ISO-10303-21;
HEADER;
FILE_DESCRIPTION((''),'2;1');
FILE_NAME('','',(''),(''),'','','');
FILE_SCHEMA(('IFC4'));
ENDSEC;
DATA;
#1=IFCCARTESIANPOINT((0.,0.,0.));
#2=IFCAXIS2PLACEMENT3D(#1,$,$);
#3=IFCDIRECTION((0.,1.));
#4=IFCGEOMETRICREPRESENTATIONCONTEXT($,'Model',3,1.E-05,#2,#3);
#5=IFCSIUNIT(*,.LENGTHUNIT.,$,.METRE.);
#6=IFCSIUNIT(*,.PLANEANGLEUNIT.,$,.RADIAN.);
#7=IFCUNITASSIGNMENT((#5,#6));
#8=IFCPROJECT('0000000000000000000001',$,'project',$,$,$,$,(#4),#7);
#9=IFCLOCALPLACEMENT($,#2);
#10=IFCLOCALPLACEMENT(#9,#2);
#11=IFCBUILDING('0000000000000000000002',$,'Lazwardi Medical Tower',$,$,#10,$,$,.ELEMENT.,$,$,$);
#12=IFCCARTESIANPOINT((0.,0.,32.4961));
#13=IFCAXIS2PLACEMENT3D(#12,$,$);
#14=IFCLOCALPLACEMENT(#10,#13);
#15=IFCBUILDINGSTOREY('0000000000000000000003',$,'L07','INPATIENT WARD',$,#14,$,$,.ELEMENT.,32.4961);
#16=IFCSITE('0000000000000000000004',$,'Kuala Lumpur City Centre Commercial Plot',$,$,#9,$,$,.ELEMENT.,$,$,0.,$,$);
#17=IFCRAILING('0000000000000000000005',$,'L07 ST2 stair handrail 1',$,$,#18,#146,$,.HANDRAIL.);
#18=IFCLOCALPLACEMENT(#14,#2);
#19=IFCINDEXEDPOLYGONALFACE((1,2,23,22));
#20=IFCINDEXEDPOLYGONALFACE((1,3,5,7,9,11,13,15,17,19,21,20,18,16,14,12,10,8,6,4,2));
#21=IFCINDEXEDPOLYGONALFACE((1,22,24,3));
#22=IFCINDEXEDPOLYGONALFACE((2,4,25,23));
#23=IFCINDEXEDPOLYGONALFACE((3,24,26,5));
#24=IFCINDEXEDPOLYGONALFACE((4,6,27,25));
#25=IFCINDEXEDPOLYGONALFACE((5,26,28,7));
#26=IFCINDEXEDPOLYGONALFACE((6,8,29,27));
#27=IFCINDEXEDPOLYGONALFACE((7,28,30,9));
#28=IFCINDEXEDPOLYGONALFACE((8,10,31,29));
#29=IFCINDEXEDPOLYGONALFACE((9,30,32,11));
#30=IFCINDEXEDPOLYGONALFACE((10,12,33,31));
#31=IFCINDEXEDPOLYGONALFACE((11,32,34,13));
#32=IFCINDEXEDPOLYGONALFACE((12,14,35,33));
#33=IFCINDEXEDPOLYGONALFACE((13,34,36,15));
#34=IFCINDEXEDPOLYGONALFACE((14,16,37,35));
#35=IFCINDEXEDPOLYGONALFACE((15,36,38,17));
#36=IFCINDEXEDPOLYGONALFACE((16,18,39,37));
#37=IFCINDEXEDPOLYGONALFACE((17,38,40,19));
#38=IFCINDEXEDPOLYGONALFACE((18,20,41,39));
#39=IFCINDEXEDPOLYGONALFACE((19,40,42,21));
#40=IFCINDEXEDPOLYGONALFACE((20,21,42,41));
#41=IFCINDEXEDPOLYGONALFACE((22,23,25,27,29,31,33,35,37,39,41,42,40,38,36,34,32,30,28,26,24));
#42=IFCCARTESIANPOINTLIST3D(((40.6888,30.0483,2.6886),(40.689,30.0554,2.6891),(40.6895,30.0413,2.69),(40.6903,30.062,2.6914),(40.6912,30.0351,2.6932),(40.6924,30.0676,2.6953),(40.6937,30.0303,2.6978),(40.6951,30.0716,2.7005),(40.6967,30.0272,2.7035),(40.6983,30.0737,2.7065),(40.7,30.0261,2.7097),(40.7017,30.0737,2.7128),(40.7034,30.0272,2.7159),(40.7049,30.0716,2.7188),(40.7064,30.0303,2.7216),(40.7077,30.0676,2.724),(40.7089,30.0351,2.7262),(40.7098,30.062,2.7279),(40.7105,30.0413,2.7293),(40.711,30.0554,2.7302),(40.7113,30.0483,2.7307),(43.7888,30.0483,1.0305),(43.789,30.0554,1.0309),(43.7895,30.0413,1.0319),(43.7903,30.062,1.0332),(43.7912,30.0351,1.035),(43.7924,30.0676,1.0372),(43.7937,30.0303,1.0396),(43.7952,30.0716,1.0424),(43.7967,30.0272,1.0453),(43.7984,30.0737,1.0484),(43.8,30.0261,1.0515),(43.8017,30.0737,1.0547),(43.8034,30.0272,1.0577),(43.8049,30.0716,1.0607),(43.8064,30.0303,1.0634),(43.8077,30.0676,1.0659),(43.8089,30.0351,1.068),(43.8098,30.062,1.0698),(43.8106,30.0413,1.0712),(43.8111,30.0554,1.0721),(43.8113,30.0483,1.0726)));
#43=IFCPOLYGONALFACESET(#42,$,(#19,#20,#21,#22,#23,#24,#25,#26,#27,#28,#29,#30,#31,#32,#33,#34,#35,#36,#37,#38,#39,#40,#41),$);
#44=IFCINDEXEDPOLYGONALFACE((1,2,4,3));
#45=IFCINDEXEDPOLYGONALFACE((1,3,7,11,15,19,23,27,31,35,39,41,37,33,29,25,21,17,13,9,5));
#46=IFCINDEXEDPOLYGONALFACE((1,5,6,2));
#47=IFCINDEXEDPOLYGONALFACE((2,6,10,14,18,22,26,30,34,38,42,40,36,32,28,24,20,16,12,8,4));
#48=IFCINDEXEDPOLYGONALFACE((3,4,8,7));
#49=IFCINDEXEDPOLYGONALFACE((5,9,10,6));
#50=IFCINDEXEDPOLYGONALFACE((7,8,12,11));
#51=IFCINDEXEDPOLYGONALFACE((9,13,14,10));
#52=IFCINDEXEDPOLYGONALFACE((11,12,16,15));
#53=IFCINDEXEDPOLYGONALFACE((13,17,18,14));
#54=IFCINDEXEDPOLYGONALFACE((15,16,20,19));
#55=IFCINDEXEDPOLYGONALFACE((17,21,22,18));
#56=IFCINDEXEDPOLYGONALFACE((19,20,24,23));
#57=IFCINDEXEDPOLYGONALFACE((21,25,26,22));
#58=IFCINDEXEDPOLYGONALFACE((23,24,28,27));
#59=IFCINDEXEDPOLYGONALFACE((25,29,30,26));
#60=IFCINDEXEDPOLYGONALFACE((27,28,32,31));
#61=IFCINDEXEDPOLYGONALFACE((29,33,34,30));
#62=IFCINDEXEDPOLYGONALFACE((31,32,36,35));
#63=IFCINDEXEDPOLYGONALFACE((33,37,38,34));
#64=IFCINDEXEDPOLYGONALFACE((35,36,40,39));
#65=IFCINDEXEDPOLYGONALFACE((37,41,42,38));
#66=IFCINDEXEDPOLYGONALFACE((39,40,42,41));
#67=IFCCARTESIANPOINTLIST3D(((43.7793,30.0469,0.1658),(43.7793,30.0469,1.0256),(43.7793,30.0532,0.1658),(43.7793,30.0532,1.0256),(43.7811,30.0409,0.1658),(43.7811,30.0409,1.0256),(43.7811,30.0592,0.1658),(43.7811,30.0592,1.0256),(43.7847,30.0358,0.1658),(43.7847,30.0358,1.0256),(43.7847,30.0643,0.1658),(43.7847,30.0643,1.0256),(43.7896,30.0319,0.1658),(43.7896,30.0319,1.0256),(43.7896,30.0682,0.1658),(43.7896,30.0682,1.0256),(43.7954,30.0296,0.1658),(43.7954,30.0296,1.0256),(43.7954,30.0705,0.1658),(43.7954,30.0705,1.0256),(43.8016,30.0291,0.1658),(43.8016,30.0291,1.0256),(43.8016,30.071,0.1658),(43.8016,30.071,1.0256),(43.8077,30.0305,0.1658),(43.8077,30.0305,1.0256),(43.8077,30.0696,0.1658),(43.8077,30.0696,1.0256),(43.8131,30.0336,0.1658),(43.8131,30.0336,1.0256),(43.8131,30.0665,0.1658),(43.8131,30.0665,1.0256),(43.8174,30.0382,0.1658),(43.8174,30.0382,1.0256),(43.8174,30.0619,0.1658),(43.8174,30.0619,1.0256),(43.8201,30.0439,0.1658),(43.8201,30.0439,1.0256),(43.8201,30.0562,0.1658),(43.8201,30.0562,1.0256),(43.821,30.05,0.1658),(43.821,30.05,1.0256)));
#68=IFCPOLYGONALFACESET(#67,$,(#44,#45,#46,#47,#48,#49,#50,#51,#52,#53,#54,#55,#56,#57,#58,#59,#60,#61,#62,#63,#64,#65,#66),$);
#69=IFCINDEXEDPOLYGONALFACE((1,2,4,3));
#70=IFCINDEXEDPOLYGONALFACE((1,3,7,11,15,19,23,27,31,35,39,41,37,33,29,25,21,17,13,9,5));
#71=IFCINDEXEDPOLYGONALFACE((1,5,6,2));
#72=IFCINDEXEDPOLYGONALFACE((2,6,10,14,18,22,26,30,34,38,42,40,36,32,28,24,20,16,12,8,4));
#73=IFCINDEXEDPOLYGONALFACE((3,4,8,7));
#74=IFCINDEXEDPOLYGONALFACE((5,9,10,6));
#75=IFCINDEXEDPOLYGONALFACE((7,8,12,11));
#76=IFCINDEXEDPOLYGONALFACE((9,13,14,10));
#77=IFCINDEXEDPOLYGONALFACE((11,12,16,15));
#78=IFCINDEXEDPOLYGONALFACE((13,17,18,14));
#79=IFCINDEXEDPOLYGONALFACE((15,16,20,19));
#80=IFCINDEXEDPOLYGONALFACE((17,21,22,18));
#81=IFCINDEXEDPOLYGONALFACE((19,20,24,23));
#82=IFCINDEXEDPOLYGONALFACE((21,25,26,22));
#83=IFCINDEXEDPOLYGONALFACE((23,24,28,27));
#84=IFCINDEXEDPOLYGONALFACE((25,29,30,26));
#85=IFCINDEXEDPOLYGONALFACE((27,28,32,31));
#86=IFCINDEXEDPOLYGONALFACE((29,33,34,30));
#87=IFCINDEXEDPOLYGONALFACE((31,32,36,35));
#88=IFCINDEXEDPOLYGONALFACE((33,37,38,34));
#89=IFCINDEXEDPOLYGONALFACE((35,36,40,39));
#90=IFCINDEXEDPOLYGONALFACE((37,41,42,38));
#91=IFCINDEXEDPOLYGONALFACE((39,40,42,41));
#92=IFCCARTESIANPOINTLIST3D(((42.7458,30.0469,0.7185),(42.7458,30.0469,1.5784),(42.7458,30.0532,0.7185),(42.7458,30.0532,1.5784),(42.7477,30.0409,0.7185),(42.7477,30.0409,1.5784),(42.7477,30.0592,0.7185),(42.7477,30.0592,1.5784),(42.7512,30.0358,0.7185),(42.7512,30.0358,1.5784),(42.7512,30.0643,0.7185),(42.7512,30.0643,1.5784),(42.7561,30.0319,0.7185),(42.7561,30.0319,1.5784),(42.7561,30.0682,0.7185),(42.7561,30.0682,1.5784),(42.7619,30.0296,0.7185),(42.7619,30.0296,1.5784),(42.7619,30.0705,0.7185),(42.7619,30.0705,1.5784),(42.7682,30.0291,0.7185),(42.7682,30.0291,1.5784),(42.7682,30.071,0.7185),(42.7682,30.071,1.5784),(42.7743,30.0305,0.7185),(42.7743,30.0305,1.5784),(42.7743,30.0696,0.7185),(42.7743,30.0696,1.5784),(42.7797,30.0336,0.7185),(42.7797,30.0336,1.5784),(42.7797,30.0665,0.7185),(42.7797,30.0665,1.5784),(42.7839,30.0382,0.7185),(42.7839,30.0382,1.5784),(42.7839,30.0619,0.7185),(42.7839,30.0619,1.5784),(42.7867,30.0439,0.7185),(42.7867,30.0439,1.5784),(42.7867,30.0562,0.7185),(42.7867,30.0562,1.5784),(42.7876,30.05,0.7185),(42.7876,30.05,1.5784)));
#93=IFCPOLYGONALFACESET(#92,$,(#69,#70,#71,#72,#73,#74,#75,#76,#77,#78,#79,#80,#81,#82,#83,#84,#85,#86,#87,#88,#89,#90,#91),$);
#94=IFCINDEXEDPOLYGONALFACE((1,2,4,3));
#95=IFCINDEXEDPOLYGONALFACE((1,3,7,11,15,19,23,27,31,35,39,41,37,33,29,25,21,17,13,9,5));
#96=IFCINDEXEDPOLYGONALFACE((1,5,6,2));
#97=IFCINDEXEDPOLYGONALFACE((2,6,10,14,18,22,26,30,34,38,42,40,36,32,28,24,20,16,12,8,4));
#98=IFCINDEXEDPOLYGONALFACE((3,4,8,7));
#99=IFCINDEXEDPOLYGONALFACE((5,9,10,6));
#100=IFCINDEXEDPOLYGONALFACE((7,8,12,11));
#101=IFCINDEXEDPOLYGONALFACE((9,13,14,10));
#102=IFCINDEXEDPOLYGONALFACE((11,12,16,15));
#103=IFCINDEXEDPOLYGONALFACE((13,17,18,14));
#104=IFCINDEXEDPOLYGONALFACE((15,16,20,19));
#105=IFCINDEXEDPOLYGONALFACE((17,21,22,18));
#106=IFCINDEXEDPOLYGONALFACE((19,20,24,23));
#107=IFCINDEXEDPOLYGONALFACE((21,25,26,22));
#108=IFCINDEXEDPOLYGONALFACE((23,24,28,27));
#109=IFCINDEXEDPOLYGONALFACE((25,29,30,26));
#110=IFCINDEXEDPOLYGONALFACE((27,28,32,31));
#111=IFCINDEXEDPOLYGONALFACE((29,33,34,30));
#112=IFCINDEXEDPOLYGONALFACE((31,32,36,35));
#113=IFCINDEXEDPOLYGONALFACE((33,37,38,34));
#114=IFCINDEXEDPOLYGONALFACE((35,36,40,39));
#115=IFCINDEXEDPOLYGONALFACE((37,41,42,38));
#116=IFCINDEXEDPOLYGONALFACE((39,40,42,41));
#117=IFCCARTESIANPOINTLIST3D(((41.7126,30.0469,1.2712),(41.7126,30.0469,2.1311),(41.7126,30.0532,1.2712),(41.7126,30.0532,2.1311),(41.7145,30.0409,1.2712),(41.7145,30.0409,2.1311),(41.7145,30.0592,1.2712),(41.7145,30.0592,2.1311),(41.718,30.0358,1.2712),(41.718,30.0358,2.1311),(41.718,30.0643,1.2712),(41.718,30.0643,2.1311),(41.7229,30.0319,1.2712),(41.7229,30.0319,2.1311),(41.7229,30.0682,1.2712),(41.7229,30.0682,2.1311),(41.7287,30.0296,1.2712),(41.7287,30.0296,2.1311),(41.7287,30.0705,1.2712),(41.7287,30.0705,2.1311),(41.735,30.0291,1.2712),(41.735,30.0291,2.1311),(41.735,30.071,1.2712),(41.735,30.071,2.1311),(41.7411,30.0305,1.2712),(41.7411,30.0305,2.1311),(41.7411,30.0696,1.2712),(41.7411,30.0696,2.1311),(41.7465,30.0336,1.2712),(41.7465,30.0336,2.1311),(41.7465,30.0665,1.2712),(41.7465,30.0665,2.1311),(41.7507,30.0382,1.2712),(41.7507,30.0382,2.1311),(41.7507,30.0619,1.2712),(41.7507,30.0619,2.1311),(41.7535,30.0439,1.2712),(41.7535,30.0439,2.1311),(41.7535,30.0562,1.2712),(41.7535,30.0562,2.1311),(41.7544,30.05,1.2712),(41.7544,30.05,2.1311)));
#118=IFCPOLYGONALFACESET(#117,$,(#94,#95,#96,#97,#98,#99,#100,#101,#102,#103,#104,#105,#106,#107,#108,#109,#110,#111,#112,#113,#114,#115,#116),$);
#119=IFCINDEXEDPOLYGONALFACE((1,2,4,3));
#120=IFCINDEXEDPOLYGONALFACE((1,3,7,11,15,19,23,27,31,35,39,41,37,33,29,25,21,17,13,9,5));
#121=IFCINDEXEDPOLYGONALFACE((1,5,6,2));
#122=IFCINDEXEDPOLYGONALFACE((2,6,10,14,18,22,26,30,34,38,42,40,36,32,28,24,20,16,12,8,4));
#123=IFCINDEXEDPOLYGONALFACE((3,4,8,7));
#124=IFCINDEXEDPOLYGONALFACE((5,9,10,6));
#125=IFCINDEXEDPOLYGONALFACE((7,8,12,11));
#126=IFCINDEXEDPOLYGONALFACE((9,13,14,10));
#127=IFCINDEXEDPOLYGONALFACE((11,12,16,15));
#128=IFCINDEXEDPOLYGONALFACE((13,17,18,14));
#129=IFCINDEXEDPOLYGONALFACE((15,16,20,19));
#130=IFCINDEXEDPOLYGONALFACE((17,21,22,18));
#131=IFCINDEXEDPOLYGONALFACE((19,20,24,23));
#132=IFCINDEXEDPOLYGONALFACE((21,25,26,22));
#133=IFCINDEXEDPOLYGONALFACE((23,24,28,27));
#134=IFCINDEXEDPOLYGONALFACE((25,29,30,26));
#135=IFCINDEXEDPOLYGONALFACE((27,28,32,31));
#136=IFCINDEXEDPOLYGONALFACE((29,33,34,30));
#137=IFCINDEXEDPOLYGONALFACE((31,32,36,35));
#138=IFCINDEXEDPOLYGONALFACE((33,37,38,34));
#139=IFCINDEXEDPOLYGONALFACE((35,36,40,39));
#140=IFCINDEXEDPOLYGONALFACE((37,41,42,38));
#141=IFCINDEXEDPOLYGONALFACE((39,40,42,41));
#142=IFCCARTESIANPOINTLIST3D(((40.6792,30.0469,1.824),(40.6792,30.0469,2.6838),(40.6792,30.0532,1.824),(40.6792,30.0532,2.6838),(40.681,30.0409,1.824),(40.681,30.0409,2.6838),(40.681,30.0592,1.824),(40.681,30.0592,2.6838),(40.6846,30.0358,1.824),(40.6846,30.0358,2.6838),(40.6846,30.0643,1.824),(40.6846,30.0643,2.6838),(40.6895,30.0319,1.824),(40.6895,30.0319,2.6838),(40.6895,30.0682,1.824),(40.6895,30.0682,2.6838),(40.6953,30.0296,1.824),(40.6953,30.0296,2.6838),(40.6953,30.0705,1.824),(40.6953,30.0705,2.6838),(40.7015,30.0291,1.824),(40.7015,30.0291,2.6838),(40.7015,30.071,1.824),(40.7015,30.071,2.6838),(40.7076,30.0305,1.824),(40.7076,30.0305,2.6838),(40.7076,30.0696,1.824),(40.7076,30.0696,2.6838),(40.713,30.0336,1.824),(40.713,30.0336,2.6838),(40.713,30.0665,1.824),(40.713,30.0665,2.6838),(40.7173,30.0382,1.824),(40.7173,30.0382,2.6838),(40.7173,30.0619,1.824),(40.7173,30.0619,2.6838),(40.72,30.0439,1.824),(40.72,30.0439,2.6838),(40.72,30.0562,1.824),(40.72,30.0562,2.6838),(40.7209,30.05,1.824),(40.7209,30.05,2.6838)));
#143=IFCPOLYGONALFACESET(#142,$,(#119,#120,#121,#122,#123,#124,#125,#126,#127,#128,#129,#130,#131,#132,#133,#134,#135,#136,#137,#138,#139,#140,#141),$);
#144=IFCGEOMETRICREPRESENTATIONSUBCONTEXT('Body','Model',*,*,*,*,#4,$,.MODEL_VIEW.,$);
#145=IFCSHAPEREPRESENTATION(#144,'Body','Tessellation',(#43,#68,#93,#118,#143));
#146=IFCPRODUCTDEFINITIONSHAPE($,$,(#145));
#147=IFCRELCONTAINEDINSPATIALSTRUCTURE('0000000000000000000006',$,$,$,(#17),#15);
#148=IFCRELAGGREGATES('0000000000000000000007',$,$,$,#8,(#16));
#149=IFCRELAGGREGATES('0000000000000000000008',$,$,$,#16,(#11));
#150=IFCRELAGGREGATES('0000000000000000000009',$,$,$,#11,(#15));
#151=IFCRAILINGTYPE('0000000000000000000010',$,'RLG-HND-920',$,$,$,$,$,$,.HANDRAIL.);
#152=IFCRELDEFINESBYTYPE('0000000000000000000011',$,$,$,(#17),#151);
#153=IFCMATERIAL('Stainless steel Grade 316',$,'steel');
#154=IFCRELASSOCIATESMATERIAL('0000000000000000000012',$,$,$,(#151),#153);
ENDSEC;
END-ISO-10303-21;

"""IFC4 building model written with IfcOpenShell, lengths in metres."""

from ifc_helpers import new_model, si_unit, direction, frame, origin, origin_2d, place, context, subcontext, project, spatial, circle, extrude, material, type_object, element, save


model = new_model("IFC4")

# Units and contexts
model_context = context("Model", 3, precision=1e-05, world=origin(), true_north=direction((0.0, 1.0)))
body_context = subcontext(model_context, "Body", "Model", "MODEL_VIEW")
ifc_project = project(units=[si_unit("LENGTHUNIT", "METRE"), si_unit("PLANEANGLEUNIT", "RADIAN")], contexts=[model_context])

# Site, building, storey
site_placement = place(None, origin())
site = spatial("IfcSite", under=ifc_project, at=site_placement, Name="Kuala Lumpur City Centre Commercial Plot", CompositionType="ELEMENT", RefElevation=0.0)
building_placement = place(site_placement, origin())
building = spatial("IfcBuilding", under=site, at=building_placement, Name="Lazwardi Medical Tower", CompositionType="ELEMENT")
storey_placement = place(building_placement, frame((0.0, 0.0, 32.4961)))
storey = spatial("IfcBuildingStorey", under=building, at=storey_placement, Name="L07", Description="INPATIENT WARD", CompositionType="ELEMENT", Elevation=32.4961)

# Railing
ifc_material_1 = material(Name="Stainless steel Grade 316", Category="steel")
railing_type_1 = type_object("IfcRailingType", Name="RLG-HND-920", PredefinedType="HANDRAIL", material=ifc_material_1)
railing_1_placement = place(storey_placement, frame((43.8, 30.05, 0.1658)))
element("IfcRailing", 1, at=railing_1_placement, inside=storey, type_object=railing_type_1, Name="L07 ST2 stair handrail 1", PredefinedType="HANDRAIL", context=body_context, shape_type="SweptSolid", body=[
    extrude(circle(Radius=0.0239, at=origin_2d()), frame((0.0, 0.0, 0.8857), z_axis=(-0.881783, 0.0, 0.471655), x_axis=(0.0, -1.0, 0.0)), (0.0, 0.0, 1.0), 3.5156),
    extrude(circle(Radius=0.021, at=origin_2d()), origin(), (0.0, 0.0, 1.0), 0.8599),
    extrude(circle(Radius=0.021, at=origin_2d()), frame((-1.0334, 0.0, 0.5527)), (0.0, 0.0, 1.0), 0.8599),
    extrude(circle(Radius=0.021, at=origin_2d()), frame((-2.0667, 0.0, 1.1055)), (0.0, 0.0, 1.0), 0.8599),
    extrude(circle(Radius=0.021, at=origin_2d()), frame((-3.1001, 0.0, 1.6582)), (0.0, 0.0, 1.0), 0.8599),
])

save(model, "model.ifc")
